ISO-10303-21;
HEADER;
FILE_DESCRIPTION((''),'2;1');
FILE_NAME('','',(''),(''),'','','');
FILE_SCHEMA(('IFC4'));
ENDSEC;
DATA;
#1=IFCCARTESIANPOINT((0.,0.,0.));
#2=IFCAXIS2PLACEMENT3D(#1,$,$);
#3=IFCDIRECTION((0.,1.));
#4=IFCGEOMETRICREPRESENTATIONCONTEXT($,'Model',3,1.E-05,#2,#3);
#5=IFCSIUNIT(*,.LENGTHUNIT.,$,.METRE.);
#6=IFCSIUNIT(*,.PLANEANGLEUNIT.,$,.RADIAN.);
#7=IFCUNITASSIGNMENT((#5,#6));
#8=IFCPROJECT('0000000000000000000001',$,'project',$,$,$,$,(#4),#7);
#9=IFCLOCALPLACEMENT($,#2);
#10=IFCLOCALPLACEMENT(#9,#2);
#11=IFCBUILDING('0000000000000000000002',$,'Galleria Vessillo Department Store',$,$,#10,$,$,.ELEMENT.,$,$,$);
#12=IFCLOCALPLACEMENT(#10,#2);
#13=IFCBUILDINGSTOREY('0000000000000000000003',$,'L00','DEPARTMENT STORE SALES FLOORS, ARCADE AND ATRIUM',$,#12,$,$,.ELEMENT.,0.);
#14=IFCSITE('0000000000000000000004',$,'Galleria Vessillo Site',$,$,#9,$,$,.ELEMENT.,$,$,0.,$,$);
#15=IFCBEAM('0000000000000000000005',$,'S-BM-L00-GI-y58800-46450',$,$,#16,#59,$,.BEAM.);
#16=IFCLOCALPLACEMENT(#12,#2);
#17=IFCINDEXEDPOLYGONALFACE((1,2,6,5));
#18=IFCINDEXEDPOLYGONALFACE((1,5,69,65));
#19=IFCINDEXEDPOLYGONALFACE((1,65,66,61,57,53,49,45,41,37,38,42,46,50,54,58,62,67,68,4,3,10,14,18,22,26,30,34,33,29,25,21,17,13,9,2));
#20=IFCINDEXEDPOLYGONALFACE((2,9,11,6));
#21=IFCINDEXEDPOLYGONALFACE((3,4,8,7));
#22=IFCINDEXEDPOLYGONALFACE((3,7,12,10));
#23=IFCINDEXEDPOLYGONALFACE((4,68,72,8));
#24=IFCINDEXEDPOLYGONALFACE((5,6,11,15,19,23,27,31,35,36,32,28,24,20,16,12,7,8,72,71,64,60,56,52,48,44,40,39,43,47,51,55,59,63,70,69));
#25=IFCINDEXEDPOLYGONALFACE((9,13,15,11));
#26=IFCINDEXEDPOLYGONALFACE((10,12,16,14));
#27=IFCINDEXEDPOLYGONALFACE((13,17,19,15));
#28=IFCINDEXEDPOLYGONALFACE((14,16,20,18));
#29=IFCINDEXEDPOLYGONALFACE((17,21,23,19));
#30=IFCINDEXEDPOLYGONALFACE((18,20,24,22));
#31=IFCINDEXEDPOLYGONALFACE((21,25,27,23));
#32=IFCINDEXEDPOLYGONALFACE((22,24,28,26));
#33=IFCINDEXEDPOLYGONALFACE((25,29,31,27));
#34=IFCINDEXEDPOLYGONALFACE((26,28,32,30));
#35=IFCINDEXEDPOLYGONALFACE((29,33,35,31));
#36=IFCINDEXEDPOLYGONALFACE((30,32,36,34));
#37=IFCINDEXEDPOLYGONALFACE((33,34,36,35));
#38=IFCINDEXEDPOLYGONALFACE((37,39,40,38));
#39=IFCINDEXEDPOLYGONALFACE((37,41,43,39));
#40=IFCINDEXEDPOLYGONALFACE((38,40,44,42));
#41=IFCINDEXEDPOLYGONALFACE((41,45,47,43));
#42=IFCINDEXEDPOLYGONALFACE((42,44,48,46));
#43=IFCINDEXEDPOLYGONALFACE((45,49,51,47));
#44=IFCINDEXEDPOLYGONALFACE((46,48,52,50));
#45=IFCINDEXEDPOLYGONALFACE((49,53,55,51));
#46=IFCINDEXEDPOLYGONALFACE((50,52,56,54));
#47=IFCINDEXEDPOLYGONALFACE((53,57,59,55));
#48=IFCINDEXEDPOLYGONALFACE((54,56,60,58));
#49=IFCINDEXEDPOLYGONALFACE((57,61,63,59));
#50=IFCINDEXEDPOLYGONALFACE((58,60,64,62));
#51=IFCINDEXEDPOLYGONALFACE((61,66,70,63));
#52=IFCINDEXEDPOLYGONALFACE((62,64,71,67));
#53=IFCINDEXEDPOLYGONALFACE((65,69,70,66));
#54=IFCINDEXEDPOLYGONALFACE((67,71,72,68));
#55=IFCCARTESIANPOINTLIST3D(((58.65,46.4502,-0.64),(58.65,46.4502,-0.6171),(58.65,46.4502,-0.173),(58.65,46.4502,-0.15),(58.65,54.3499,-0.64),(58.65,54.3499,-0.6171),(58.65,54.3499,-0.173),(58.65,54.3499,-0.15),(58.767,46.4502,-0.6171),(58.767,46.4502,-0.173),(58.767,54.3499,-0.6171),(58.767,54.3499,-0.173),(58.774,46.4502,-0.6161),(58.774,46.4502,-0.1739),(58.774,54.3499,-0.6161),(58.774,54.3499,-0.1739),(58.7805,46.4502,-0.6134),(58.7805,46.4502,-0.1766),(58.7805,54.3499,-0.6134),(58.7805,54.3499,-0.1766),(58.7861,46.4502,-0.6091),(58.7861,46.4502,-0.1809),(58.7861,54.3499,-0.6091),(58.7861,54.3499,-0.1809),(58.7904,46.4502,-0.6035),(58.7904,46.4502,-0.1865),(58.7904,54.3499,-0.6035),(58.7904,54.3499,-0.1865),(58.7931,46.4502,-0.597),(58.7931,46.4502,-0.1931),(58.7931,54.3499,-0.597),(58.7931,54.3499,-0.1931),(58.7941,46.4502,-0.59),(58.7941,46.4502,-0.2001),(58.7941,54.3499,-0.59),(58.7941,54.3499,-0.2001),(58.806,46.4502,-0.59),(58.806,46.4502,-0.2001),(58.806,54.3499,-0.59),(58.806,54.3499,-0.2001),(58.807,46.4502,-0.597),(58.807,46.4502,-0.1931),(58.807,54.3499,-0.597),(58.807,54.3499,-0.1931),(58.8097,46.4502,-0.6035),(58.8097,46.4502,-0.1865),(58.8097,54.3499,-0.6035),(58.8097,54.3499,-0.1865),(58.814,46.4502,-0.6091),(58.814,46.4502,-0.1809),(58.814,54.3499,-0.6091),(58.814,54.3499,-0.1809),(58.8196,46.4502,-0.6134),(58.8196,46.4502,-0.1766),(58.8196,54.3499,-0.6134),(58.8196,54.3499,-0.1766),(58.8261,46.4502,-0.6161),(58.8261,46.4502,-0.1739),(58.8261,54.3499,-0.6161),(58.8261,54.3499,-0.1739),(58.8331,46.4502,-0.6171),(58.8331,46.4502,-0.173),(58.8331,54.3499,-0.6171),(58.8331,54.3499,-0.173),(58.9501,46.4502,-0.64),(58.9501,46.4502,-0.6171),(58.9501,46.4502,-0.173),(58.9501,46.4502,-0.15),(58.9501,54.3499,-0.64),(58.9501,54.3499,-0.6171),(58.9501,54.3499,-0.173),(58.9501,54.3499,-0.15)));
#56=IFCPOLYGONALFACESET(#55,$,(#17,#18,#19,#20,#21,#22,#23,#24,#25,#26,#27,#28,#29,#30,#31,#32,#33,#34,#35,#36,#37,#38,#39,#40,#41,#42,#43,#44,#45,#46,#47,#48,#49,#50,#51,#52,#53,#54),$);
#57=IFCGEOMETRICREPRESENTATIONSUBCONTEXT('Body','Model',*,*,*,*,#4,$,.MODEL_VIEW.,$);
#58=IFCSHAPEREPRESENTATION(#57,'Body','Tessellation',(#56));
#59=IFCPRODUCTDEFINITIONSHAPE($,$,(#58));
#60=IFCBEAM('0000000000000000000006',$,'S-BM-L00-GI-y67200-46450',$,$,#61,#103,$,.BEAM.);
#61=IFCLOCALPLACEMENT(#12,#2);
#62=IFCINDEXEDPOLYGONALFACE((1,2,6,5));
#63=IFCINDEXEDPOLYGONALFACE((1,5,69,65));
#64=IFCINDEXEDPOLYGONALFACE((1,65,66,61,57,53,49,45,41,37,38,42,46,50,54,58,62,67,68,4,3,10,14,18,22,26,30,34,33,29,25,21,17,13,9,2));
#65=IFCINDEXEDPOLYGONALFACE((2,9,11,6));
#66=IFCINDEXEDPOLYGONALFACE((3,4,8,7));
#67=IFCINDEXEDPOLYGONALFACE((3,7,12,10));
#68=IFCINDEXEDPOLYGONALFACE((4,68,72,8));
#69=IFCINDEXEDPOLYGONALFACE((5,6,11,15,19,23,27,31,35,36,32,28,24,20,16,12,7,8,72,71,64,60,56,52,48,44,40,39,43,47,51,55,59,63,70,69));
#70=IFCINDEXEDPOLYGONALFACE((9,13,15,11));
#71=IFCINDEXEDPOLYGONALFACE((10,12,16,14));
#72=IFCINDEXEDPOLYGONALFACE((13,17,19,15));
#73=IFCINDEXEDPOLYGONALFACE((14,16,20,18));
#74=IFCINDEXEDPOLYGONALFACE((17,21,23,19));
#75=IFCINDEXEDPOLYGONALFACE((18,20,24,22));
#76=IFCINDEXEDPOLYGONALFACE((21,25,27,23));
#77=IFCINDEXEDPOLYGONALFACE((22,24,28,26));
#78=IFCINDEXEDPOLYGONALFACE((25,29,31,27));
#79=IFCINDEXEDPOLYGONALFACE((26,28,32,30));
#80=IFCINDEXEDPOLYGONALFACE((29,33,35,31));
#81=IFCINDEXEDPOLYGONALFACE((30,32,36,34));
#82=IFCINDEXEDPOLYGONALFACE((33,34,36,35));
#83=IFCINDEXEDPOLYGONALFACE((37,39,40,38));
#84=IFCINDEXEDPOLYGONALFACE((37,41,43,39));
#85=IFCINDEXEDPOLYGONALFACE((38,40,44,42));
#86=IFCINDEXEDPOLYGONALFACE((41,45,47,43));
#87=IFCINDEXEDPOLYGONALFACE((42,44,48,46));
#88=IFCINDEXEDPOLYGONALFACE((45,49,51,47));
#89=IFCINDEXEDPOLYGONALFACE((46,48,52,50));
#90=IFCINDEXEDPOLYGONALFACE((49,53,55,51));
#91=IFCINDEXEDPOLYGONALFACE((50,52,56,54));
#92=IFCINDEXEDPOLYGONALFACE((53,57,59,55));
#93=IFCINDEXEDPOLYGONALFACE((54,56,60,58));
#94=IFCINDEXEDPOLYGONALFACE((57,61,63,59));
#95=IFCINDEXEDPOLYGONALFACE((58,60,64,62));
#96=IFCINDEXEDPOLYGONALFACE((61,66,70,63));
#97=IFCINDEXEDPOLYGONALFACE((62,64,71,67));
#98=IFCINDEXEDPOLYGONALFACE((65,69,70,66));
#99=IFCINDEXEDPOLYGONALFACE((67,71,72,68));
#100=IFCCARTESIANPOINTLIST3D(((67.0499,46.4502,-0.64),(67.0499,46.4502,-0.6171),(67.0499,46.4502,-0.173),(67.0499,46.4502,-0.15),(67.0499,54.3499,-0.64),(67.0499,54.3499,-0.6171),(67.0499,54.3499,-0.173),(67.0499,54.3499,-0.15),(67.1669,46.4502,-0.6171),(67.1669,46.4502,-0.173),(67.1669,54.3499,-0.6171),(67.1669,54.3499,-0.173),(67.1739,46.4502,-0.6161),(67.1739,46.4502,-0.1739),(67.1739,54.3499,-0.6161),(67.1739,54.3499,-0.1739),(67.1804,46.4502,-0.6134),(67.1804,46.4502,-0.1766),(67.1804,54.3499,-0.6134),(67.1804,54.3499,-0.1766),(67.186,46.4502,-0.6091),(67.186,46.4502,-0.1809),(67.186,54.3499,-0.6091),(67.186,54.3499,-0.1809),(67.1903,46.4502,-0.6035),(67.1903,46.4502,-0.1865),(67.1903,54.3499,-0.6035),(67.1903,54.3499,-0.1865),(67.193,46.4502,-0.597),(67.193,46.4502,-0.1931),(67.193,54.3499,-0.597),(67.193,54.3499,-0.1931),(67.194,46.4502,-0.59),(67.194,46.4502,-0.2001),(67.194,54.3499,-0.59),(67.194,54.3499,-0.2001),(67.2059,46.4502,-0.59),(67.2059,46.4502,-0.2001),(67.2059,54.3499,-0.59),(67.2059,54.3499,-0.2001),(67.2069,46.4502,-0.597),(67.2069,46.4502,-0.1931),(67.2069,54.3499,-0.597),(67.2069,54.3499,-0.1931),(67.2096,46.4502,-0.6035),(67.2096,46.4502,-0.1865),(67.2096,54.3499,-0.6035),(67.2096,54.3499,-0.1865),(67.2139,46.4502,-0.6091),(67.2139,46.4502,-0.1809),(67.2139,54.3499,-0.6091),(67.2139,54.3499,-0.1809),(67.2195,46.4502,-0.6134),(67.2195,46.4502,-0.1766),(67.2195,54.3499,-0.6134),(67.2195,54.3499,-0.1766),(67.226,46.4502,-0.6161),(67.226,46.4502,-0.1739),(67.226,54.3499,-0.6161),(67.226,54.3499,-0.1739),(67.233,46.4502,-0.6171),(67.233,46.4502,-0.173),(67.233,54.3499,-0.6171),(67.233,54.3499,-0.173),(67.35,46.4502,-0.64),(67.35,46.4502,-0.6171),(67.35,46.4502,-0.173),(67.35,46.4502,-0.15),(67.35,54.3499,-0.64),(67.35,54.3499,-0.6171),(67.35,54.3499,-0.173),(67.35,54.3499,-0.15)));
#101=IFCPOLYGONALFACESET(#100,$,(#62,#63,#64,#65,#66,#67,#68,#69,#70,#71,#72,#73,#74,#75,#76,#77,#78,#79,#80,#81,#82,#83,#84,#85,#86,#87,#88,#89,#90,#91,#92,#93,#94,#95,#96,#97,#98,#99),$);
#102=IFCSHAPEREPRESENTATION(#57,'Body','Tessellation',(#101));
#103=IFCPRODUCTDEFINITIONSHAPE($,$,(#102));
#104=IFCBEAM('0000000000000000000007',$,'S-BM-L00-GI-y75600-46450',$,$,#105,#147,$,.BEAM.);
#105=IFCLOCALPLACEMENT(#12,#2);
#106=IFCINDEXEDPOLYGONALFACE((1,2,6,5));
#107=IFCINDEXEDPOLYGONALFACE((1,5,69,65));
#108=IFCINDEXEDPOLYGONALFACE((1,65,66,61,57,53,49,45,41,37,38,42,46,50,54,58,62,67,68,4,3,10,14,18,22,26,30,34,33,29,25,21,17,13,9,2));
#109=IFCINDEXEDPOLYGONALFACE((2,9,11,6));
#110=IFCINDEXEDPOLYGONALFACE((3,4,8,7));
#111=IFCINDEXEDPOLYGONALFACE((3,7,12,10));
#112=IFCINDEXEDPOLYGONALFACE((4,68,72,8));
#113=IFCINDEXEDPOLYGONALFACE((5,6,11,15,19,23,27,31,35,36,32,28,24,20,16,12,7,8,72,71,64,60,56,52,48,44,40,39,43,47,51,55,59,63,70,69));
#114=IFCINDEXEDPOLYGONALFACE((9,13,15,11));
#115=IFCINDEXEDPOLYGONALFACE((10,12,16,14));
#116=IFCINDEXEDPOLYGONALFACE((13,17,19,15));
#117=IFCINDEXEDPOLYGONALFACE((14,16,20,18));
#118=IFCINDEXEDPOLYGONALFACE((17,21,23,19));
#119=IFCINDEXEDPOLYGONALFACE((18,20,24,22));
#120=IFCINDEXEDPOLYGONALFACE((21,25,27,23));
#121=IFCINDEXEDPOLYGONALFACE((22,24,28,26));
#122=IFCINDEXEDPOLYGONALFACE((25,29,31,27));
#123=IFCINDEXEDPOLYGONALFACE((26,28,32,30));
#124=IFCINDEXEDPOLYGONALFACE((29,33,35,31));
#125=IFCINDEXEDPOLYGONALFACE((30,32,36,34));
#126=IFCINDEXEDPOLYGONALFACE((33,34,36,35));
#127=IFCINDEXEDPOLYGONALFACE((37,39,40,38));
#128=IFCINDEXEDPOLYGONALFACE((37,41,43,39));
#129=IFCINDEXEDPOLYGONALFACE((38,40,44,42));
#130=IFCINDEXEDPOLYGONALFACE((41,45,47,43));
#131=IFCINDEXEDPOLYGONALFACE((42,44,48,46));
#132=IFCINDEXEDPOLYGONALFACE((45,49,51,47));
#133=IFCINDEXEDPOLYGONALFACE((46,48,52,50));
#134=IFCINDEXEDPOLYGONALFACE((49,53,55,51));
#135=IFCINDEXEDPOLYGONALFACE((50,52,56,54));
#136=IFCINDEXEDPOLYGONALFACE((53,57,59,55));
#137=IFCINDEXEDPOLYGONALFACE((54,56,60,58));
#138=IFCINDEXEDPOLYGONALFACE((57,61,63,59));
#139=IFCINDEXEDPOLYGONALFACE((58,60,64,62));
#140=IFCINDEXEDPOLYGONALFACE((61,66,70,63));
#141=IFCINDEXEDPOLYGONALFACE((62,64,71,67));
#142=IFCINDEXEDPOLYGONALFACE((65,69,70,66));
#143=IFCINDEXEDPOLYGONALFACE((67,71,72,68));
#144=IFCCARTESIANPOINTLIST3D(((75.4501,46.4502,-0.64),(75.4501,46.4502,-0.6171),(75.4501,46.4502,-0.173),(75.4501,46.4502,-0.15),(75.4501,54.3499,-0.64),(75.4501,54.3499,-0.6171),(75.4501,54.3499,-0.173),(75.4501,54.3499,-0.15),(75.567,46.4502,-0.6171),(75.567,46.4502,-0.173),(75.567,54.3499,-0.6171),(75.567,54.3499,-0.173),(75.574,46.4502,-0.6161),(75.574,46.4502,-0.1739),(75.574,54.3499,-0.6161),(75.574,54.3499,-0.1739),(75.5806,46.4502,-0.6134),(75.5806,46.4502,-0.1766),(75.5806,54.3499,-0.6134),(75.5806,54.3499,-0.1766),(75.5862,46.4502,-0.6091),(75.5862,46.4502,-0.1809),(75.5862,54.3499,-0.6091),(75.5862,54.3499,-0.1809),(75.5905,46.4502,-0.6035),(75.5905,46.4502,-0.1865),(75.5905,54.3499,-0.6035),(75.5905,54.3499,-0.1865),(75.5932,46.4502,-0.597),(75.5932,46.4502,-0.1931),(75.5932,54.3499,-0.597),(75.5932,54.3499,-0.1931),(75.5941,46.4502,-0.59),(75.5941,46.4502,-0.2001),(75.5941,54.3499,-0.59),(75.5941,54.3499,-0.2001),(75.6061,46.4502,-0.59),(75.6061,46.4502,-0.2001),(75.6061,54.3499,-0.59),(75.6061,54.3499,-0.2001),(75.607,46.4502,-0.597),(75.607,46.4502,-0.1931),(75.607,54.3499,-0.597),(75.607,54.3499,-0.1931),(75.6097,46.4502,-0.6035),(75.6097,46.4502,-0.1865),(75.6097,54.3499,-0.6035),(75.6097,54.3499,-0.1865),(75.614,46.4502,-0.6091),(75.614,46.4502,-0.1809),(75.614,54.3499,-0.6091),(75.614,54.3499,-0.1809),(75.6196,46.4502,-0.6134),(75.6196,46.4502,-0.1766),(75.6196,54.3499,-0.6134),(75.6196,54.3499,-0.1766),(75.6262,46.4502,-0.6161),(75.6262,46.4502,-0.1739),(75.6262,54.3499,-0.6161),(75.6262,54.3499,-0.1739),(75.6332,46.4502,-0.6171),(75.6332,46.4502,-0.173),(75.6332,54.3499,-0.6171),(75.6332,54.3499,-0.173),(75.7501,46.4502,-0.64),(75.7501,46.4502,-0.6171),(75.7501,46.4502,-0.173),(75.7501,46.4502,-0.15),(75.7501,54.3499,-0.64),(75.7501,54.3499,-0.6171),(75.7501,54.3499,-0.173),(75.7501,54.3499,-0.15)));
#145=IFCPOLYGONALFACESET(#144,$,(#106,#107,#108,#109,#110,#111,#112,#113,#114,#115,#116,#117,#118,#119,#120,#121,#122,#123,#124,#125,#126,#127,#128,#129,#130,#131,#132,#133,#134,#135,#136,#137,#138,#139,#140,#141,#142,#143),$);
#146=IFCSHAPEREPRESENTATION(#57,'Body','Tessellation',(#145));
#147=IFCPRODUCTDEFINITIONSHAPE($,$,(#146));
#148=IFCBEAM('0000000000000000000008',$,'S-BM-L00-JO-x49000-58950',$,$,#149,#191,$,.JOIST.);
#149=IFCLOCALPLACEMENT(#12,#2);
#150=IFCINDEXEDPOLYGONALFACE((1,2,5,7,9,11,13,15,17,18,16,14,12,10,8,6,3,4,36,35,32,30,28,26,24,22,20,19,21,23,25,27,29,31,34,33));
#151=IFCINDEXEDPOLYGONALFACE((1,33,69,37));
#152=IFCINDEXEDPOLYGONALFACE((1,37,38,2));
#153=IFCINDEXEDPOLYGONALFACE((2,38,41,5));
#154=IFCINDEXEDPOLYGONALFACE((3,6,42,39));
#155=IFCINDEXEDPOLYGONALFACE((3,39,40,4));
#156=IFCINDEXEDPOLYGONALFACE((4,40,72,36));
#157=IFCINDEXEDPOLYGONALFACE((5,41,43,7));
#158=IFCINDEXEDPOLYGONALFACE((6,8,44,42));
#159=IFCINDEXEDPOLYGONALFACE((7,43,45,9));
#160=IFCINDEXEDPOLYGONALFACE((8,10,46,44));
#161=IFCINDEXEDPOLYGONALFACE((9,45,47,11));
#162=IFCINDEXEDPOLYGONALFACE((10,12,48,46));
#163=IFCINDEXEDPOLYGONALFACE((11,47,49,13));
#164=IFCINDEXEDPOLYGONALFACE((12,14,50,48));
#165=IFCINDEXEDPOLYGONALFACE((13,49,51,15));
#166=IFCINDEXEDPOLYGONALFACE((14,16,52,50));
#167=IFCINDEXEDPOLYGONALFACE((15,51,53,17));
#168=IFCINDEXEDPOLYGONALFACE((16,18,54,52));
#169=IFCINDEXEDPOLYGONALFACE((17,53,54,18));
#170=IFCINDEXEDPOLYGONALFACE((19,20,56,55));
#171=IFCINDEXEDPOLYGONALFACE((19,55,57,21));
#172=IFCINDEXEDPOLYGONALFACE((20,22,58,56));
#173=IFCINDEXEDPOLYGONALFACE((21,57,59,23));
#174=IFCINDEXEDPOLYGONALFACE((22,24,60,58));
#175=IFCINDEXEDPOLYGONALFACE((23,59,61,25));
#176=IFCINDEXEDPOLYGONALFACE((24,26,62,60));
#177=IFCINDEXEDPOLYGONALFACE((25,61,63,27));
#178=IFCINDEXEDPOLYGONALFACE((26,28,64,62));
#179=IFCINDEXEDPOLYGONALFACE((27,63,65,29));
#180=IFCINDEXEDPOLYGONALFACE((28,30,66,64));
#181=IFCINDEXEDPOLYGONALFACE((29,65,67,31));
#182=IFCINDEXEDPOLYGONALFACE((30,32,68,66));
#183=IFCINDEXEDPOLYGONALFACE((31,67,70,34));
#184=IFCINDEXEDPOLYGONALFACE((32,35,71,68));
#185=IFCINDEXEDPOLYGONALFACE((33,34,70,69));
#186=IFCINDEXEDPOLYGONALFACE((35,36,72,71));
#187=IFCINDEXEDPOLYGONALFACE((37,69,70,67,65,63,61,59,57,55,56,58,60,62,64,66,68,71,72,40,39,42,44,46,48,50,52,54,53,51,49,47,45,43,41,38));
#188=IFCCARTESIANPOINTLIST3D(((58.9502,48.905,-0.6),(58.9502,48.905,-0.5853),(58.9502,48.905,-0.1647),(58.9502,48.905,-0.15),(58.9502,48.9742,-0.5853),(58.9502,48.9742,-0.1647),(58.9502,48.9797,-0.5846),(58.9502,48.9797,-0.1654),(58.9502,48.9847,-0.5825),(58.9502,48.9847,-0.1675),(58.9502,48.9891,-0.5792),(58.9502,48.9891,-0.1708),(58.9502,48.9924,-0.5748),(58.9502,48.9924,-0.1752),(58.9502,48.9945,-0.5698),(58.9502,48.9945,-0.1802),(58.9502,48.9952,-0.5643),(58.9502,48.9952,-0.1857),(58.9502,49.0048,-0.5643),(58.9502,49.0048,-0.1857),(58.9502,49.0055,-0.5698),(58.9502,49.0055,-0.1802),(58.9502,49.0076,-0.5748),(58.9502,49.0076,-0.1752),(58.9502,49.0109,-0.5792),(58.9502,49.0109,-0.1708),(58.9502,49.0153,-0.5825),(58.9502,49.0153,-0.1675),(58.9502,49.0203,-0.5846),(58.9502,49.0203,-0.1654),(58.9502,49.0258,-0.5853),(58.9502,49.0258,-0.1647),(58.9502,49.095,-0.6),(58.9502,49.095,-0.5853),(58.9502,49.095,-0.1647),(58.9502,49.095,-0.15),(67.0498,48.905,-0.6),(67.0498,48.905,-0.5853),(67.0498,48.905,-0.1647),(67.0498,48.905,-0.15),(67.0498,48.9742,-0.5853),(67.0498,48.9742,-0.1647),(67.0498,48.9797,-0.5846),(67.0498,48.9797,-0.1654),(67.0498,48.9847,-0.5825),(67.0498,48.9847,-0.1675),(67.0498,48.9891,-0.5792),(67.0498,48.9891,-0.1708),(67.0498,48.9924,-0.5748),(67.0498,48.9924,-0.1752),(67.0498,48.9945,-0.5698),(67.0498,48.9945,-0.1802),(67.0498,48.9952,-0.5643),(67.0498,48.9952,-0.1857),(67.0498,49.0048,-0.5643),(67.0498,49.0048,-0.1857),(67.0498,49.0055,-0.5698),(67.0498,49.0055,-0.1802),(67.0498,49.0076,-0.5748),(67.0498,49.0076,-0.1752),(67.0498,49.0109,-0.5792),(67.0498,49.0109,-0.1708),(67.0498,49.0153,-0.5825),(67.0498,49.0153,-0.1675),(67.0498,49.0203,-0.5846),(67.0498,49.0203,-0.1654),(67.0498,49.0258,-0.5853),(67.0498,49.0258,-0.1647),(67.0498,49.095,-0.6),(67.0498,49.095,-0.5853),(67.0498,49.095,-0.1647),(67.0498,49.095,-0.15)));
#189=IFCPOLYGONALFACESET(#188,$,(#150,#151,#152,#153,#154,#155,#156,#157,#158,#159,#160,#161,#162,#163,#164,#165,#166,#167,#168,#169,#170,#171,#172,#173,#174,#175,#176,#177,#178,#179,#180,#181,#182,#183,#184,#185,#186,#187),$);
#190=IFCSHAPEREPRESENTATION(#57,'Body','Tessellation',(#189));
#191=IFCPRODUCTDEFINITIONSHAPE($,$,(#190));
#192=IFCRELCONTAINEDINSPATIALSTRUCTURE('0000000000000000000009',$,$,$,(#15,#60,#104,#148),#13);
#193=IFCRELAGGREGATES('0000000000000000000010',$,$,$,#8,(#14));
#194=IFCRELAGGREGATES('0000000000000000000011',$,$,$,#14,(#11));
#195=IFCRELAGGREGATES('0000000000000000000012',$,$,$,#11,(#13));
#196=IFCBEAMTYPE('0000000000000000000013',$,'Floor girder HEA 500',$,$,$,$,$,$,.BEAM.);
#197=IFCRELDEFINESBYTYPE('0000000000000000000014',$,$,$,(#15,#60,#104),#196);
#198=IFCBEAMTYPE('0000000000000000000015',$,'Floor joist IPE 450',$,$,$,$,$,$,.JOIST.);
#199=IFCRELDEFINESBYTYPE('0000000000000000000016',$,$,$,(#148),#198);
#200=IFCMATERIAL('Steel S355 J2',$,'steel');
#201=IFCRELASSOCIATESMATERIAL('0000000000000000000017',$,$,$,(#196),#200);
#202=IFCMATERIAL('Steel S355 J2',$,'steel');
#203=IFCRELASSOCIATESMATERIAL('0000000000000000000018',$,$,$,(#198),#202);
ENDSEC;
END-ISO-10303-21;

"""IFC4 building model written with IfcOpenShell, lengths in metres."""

from ifc_helpers import new_model, si_unit, direction, frame, origin, origin_2d, place, context, subcontext, project, spatial, i_section, extrude, material, material_profile, profile_set, type_object, element, save


model = new_model("IFC4")

# Units and contexts
model_context = context("Model", 3, precision=1e-05, world=origin(), true_north=direction((0.0, 1.0)))
body_context = subcontext(model_context, "Body", "Model", "MODEL_VIEW")
ifc_project = project(units=[si_unit("LENGTHUNIT", "METRE"), si_unit("PLANEANGLEUNIT", "RADIAN")], contexts=[model_context])

# Site, building, storey
site_placement = place(None, origin())
site = spatial("IfcSite", under=ifc_project, at=site_placement, Name="Galleria Vessillo Site", CompositionType="ELEMENT", RefElevation=0.0)
building_placement = place(site_placement, origin())
building = spatial("IfcBuilding", under=site, at=building_placement, Name="Galleria Vessillo Department Store", CompositionType="ELEMENT")
storey_placement = place(building_placement, origin())
storey = spatial("IfcBuildingStorey", under=building, at=storey_placement, Name="L00", Description="DEPARTMENT STORE SALES FLOORS, ARCADE AND ATRIUM", CompositionType="ELEMENT", Elevation=0.0)

# Beams
ifc_material_1 = material(Name="Steel S355 J2", Category="steel")
ifc_material_profile_1 = material_profile(ifc_material_1, i_section(OverallWidth=0.3, OverallDepth=0.49, WebThickness=0.012, FlangeThickness=0.0229, FilletRadius=0.0271, at=origin_2d()), Name="HEA 500")
ifc_profile_set_1 = profile_set([ifc_material_profile_1], Name="Steel S355 J2")
beam_type_1 = type_object("IfcBeamType", Name="Floor girder HEA 500", PredefinedType="BEAM", material=ifc_profile_set_1)
for number, where, z_axis, x_axis, name in (
    (1, (58.8, 46.4502, -0.395), (0.0, 1.0, 0.0), (-1.0, 0.0, 0.0), "S-BM-L00-GI-y58800-46450"),
    (2, (67.2, 46.4502, -0.395), (0.0, 1.0, 0.0), (-1.0, 0.0, 0.0), "S-BM-L00-GI-y67200-46450"),
    (3, (75.6001, 46.4502, -0.395), (0.0, 1.0, 0.0), (-1.0, 0.0, 0.0), "S-BM-L00-GI-y75600-46450"),
):
    element("IfcBeam", number, at=place(storey_placement, frame(where, z_axis=z_axis, x_axis=x_axis)), inside=storey, type_object=beam_type_1, Name=name, PredefinedType="BEAM", context=body_context, shape_type="SweptSolid", body=[
        extrude(i_section(OverallWidth=0.3, OverallDepth=0.49, WebThickness=0.012, FlangeThickness=0.0229, FilletRadius=0.0271, at=origin_2d()), origin(), (0.0, 0.0, 1.0), 7.8997),
    ])
ifc_material_2 = material(Name="Steel S355 J2", Category="steel")
ifc_material_profile_2 = material_profile(ifc_material_2, i_section(OverallWidth=0.1899, OverallDepth=0.45, WebThickness=0.0095, FlangeThickness=0.0146, FilletRadius=0.021, at=origin_2d()), Name="IPE 450")
ifc_profile_set_2 = profile_set([ifc_material_profile_2], Name="Steel S355 J2")
beam_type_2 = type_object("IfcBeamType", Name="Floor joist IPE 450", PredefinedType="JOIST", material=ifc_profile_set_2)
for number, where, z_axis, x_axis, name in (
    (4, (58.9502, 49.0, -0.375), (1.0, 0.0, 0.0), (0.0, 1.0, 0.0), "S-BM-L00-JO-x49000-58950"),
):
    element("IfcBeam", number, at=place(storey_placement, frame(where, z_axis=z_axis, x_axis=x_axis)), inside=storey, type_object=beam_type_2, Name=name, PredefinedType="JOIST", context=body_context, shape_type="SweptSolid", body=[
        extrude(i_section(OverallWidth=0.1899, OverallDepth=0.45, WebThickness=0.0095, FlangeThickness=0.0146, FilletRadius=0.021, at=origin_2d()), origin(), (0.0, 0.0, 1.0), 8.0996),
    ])

save(model, "model.ifc")
